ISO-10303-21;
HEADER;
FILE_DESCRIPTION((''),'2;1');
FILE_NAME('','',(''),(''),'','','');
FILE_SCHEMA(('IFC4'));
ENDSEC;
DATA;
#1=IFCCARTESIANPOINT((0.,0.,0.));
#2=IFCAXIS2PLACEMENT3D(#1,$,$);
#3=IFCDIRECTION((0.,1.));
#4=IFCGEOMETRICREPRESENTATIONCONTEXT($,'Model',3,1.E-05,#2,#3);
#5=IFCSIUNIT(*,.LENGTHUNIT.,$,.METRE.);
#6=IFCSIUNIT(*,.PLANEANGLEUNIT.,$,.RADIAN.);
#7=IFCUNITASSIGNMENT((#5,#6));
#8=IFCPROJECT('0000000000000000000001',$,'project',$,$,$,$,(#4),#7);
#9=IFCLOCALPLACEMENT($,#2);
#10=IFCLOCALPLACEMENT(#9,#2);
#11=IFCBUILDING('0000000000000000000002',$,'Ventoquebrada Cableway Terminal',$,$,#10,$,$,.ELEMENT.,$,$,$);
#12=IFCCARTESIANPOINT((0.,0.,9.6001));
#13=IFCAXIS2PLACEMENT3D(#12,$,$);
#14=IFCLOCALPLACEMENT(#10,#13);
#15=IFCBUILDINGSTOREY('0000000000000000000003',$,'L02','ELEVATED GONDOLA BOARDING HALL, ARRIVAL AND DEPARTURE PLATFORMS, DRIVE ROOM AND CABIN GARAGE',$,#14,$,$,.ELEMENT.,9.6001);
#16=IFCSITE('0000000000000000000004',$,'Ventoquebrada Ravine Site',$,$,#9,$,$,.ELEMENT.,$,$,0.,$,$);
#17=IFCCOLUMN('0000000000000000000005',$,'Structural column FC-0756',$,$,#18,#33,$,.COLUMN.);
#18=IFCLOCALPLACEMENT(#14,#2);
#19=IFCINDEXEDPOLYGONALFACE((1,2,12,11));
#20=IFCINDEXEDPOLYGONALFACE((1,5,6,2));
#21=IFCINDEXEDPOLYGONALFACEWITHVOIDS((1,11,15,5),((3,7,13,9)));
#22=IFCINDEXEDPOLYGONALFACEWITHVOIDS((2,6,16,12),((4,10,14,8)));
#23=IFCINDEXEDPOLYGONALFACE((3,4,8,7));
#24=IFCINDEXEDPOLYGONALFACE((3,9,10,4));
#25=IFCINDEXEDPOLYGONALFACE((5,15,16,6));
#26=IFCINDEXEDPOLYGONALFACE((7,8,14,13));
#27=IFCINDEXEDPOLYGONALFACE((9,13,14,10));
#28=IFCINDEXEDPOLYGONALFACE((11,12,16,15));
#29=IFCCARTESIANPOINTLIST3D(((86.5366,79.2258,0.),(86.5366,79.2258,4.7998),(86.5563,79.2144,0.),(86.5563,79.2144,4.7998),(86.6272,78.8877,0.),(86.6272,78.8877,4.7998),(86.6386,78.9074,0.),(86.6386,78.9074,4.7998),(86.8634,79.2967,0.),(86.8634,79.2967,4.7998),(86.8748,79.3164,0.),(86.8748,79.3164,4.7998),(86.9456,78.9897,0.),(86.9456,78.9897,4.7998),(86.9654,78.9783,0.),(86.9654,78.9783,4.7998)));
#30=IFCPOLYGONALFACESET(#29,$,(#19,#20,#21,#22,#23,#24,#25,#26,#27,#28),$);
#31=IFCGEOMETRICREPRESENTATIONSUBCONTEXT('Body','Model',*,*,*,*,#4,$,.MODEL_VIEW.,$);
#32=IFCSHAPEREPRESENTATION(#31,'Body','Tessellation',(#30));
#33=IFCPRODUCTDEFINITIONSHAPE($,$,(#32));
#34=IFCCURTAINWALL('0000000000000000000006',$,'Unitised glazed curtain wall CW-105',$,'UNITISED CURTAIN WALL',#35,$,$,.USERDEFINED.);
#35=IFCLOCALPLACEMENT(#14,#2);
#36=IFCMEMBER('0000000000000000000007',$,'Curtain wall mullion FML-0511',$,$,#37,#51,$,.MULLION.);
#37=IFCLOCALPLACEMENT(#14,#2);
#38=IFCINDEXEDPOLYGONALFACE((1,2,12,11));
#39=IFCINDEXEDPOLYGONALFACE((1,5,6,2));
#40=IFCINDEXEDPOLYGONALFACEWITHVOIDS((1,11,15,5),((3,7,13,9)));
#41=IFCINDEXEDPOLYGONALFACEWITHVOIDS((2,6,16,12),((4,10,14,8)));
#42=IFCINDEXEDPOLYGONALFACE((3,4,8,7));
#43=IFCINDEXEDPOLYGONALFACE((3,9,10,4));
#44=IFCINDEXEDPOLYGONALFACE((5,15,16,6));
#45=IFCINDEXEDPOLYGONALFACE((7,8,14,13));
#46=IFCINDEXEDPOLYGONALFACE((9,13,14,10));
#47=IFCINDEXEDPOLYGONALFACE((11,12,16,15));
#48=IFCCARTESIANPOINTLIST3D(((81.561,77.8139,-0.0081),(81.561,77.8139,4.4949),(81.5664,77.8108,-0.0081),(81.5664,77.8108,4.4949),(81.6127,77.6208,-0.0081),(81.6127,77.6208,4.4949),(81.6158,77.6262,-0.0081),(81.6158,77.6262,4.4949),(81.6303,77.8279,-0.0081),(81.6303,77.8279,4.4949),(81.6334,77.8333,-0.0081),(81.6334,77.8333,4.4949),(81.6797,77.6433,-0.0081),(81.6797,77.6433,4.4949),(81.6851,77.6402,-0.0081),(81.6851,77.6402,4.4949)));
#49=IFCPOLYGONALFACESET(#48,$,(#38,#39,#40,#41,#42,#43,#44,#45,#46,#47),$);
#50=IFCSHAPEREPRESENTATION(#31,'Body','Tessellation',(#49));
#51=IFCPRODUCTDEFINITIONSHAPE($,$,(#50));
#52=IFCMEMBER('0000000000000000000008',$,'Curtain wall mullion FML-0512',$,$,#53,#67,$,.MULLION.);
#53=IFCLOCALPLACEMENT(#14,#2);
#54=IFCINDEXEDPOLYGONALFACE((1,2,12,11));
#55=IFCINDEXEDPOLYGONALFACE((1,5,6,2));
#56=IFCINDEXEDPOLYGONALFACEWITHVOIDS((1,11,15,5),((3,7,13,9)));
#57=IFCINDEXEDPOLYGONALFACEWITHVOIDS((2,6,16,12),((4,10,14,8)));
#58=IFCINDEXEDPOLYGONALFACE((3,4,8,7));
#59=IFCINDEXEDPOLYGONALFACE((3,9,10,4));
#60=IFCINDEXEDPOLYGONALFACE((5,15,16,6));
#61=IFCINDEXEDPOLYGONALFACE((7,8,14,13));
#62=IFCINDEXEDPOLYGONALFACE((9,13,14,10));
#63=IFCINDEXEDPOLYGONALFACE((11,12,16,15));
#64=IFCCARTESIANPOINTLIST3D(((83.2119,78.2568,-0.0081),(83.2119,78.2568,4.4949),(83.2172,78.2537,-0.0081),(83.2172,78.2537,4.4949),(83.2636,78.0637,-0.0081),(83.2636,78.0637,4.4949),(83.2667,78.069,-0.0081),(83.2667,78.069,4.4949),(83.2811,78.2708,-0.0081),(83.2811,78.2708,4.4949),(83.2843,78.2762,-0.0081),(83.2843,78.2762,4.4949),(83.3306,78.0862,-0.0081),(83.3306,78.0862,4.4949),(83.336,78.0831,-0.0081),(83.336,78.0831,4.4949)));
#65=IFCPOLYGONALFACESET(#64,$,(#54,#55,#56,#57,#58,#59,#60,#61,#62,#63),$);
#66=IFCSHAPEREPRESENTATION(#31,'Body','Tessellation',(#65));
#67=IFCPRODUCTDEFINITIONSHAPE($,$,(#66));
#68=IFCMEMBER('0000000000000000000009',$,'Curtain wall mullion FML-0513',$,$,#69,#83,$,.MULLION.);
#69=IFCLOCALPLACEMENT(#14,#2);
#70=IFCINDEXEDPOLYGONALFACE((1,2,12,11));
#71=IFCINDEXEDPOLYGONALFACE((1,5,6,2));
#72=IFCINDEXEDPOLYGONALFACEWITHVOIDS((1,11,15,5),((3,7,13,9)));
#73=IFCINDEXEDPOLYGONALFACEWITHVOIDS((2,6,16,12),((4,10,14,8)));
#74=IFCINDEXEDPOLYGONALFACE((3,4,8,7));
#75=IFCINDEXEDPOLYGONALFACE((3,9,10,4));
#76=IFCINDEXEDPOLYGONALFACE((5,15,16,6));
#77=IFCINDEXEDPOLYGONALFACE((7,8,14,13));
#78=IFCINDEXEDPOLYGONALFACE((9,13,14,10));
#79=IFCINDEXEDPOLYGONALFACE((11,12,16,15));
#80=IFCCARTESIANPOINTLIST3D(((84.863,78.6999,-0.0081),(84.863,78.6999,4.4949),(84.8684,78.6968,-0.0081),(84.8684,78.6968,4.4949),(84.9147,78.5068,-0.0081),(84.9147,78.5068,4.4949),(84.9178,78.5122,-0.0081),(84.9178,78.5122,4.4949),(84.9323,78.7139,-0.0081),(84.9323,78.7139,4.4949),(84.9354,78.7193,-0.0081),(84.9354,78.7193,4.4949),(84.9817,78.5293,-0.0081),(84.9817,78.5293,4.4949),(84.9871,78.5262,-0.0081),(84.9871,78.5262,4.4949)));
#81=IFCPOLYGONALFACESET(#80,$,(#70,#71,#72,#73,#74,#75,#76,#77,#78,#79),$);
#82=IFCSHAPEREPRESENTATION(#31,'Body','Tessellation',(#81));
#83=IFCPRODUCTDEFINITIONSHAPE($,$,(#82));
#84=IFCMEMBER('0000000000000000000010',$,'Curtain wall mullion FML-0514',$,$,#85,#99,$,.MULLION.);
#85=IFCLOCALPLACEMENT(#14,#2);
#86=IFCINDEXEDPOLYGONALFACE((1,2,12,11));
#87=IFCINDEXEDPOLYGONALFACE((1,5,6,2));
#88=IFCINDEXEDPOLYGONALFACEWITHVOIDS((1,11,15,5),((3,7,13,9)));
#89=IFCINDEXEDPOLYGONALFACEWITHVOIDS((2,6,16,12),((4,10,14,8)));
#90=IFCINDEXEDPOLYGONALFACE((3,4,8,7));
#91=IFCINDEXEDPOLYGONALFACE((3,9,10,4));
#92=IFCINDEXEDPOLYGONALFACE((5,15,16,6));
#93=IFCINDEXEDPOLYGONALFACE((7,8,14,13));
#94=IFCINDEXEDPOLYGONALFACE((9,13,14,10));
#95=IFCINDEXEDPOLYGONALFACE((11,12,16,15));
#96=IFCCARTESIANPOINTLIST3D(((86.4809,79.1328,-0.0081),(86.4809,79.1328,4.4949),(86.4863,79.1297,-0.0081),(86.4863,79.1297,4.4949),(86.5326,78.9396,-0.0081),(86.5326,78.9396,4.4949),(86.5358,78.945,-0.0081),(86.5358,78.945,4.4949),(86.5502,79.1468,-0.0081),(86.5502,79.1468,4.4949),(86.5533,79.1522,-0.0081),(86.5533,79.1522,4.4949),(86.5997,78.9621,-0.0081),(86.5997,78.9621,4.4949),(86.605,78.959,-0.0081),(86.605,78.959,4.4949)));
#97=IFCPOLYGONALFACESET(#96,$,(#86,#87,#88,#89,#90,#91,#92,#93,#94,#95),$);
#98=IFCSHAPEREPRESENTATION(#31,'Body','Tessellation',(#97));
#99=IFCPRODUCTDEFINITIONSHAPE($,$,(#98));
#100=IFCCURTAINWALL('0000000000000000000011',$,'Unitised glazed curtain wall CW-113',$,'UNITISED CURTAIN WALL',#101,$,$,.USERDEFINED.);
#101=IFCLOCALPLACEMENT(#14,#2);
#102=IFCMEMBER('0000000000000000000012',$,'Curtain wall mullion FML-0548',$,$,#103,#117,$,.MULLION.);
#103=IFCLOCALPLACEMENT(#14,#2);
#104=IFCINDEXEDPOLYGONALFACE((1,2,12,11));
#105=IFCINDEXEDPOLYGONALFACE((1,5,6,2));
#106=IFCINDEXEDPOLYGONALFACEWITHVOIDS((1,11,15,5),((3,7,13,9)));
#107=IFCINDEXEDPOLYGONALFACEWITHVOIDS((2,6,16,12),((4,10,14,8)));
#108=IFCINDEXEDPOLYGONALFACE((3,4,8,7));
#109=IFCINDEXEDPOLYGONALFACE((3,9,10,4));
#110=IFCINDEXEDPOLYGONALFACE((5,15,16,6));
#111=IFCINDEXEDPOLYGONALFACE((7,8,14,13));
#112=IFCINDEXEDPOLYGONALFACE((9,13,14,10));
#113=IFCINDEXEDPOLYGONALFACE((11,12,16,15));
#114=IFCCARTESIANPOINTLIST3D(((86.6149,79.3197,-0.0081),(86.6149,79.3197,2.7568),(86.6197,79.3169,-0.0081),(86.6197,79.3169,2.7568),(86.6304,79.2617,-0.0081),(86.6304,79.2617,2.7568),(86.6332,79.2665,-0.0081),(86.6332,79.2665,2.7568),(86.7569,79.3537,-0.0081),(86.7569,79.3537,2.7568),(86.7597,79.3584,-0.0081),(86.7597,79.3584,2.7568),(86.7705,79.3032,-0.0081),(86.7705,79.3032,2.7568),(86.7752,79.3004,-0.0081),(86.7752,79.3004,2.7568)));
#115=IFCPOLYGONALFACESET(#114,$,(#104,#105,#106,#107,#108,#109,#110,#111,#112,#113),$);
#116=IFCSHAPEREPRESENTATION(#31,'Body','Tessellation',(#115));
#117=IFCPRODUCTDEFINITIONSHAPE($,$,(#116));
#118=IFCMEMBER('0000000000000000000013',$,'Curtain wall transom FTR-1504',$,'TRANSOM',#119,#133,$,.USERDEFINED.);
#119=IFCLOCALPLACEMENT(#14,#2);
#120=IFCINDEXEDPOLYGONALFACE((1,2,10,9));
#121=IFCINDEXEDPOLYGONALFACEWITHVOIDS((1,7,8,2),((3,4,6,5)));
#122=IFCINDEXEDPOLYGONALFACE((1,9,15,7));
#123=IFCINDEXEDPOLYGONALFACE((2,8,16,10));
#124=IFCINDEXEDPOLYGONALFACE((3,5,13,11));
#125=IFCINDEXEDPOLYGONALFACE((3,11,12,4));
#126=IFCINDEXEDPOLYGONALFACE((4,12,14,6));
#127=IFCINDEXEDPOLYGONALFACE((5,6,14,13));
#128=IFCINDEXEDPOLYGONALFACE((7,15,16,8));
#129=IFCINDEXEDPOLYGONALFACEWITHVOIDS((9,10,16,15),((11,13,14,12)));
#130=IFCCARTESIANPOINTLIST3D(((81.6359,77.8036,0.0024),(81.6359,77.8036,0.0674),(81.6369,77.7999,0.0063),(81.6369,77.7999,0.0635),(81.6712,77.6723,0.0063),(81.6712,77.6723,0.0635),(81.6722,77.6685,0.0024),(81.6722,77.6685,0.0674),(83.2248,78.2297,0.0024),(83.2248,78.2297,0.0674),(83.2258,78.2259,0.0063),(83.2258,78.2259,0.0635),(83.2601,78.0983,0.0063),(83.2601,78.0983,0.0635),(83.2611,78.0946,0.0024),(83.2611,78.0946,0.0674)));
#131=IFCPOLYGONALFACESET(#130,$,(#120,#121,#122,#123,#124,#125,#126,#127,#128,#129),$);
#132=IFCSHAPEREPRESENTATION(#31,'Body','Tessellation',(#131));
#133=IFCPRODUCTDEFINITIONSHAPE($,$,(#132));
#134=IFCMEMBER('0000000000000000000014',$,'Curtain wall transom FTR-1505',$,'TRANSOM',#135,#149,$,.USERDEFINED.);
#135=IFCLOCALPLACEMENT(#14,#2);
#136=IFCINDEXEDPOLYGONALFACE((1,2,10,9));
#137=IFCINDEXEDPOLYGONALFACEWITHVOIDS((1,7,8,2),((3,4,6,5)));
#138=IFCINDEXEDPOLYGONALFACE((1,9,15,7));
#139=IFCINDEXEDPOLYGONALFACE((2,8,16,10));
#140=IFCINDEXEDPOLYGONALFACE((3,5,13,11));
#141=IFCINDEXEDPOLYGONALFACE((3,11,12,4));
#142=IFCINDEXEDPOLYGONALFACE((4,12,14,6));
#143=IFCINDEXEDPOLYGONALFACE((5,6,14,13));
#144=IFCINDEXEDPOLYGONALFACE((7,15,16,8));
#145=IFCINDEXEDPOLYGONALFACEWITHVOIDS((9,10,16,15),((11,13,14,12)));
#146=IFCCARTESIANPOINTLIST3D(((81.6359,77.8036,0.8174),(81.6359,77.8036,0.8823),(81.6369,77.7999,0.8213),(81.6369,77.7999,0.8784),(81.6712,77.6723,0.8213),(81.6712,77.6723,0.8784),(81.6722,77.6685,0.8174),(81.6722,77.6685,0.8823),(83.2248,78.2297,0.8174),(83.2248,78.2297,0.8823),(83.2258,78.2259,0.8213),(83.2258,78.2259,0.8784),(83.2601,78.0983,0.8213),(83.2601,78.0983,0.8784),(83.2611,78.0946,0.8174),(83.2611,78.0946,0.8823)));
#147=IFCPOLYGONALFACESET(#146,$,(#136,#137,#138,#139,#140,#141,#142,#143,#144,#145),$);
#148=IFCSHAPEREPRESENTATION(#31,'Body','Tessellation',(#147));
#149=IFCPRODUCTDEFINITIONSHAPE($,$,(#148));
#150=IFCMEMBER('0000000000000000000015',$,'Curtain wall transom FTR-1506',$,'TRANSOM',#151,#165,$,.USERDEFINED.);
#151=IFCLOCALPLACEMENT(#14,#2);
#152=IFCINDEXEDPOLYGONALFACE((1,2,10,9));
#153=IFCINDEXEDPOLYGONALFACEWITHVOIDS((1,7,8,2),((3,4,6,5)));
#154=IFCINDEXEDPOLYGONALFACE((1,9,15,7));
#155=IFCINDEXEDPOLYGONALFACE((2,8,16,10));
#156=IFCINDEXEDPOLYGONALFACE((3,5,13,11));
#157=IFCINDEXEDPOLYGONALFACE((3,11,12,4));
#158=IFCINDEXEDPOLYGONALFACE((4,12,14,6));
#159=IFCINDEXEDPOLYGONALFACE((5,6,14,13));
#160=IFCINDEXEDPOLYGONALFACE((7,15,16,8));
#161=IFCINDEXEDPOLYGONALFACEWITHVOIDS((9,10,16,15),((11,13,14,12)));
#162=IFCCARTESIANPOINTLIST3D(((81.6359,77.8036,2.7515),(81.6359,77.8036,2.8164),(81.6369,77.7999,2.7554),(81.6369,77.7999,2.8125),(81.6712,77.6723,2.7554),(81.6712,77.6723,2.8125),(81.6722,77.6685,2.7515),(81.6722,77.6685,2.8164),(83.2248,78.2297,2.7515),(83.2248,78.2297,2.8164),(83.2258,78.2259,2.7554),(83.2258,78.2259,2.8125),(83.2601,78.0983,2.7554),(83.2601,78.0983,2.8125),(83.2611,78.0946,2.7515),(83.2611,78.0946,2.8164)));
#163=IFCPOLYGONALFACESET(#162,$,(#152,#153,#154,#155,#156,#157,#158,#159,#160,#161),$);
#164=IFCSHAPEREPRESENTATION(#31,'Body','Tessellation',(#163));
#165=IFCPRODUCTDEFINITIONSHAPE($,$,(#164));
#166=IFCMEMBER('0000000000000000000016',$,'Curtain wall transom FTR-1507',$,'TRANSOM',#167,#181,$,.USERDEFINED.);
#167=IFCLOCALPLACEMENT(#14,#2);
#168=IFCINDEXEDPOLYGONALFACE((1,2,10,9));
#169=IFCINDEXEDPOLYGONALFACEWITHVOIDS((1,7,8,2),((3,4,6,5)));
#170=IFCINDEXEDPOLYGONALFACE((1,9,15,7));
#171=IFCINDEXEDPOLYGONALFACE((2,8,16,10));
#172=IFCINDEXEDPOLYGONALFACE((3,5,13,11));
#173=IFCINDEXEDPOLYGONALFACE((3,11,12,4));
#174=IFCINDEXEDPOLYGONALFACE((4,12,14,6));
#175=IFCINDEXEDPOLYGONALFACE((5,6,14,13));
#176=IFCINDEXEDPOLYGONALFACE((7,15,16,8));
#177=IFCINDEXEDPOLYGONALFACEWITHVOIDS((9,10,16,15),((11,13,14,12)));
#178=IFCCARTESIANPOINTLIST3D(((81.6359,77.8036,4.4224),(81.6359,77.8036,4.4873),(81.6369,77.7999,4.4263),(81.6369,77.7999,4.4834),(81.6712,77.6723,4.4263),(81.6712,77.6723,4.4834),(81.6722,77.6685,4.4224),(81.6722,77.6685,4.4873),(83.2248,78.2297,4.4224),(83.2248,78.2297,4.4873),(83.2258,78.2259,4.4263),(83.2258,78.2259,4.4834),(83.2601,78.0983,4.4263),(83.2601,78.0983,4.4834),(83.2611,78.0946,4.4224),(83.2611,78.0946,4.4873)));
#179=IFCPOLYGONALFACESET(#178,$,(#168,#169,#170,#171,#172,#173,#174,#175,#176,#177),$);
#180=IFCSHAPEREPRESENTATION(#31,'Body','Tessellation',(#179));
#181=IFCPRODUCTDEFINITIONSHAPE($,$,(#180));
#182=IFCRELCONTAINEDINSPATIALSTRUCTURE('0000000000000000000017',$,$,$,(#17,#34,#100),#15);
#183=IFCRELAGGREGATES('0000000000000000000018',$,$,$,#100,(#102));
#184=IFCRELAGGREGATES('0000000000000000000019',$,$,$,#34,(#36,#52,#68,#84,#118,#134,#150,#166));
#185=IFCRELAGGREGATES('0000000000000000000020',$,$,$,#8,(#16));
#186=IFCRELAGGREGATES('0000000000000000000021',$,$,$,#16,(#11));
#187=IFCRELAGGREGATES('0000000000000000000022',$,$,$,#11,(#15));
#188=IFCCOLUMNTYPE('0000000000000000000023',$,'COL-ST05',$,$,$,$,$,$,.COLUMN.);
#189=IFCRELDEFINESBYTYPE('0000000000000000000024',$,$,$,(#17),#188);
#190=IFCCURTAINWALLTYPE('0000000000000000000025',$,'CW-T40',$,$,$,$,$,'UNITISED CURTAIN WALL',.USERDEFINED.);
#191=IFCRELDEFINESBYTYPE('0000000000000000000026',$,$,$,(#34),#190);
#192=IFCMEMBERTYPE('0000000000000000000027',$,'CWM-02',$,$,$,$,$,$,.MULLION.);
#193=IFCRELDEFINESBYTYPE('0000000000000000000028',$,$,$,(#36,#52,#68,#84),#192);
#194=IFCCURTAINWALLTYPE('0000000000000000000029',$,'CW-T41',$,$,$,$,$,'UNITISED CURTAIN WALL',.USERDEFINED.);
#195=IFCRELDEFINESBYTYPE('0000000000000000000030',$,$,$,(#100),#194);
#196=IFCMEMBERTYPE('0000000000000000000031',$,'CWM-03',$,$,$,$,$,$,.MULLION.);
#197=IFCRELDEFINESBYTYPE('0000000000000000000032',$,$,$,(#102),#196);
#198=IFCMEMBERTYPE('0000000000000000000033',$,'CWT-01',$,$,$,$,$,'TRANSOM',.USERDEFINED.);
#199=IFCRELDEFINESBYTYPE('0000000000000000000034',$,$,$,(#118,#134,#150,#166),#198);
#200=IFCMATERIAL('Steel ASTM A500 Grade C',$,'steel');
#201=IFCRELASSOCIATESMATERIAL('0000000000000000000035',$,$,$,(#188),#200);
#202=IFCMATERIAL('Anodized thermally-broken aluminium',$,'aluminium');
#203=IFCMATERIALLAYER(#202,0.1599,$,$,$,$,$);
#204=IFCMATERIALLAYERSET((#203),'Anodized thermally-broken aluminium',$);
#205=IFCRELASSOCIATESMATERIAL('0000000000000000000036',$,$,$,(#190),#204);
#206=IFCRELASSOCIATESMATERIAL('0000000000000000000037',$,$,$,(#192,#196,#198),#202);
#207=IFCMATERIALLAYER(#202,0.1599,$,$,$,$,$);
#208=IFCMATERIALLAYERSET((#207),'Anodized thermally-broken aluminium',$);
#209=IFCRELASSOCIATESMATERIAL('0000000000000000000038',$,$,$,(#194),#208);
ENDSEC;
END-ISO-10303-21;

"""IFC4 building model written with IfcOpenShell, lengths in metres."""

from ifc_helpers import new_model, si_unit, direction, frame, origin, origin_2d, place, context, subcontext, project, spatial, hollow_rectangle, extrude, material, layer, layer_set, material_profile, profile_set, type_object, element, aggregate, save


model = new_model("IFC4")

# Units and contexts
model_context = context("Model", 3, precision=1e-05, world=origin(), true_north=direction((0.0, 1.0)))
body_context = subcontext(model_context, "Body", "Model", "MODEL_VIEW")
ifc_project = project(units=[si_unit("LENGTHUNIT", "METRE"), si_unit("PLANEANGLEUNIT", "RADIAN")], contexts=[model_context])

# Site, building, storey
site_placement = place(None, origin())
site = spatial("IfcSite", under=ifc_project, at=site_placement, Name="Ventoquebrada Ravine Site", CompositionType="ELEMENT", RefElevation=0.0)
building_placement = place(site_placement, origin())
building = spatial("IfcBuilding", under=site, at=building_placement, Name="Ventoquebrada Cableway Terminal", CompositionType="ELEMENT")
storey_placement = place(building_placement, frame((0.0, 0.0, 9.6001)))
storey = spatial("IfcBuildingStorey", under=building, at=storey_placement, Name="L02", Description="ELEVATED GONDOLA BOARDING HALL, ARRIVAL AND DEPARTURE PLATFORMS, DRIVE ROOM AND CABIN GARAGE", CompositionType="ELEMENT", Elevation=9.6001)

# Column
ifc_material_1 = material(Name="Steel ASTM A500 Grade C", Category="steel")
ifc_material_profile_1 = material_profile(ifc_material_1, hollow_rectangle(XDim=0.3501, YDim=0.3501, WallThickness=0.0161, at=origin_2d()), Name="HSS350X350X16")
ifc_profile_set_1 = profile_set([ifc_material_profile_1], Name="Steel ASTM A500 Grade C")
column_type = type_object("IfcColumnType", Name="COL-ST05", PredefinedType="COLUMN", material=ifc_profile_set_1)
column_placement = place(storey_placement, frame((86.751, 79.1021, 0.0), z_axis=(0.0, 0.0, 1.0), x_axis=(0.965926, 0.258819, 0.0)))
element("IfcColumn", 1, at=column_placement, inside=storey, type_object=column_type, Name="Structural column FC-0756", PredefinedType="COLUMN", context=body_context, shape_type="SweptSolid", body=[
    extrude(hollow_rectangle(XDim=0.3501, YDim=0.3501, WallThickness=0.0161, at=origin_2d()), origin(), (0.0, 0.0, 1.0), 4.7998),
])

# Curtain wall, members
ifc_material_2 = material(Name="Anodized thermally-broken aluminium", Category="aluminium")
ifc_layer_1 = layer(ifc_material_2, 0.1599)
ifc_layer_set_1 = layer_set([ifc_layer_1], Name="Anodized thermally-broken aluminium")
curtain_wall_type_1 = type_object("IfcCurtainWallType", Name="CW-T40", ElementType="UNITISED CURTAIN WALL", PredefinedType="USERDEFINED", material=ifc_layer_set_1)
curtain_wall_1_placement = place(storey_placement, origin())
curtain_wall_1 = element("IfcCurtainWall", 2, at=curtain_wall_1_placement, inside=storey, type_object=curtain_wall_type_1, Name="Unitised glazed curtain wall CW-105", ObjectType="UNITISED CURTAIN WALL", PredefinedType="USERDEFINED")
ifc_material_profile_2 = material_profile(ifc_material_2, hollow_rectangle(XDim=0.075, YDim=0.2, WallThickness=0.0044, at=origin_2d()), Name="CW-MUL-75X200")
ifc_profile_set_2 = profile_set([ifc_material_profile_2], Name="Anodized thermally-broken aluminium")
member_type_1 = type_object("IfcMemberType", Name="CWM-02", PredefinedType="MULLION", material=ifc_profile_set_2)
member_1_placement = place(storey_placement, frame((81.623, 77.7271, -0.0081), z_axis=(0.0, 0.0, 1.0), x_axis=(0.96593, 0.258802, 0.0)))
member_1 = element("IfcMember", 3, at=member_1_placement, type_object=member_type_1, Name="Curtain wall mullion FML-0511", PredefinedType="MULLION", context=body_context, shape_type="SweptSolid", body=[
    extrude(hollow_rectangle(XDim=0.075, YDim=0.2, WallThickness=0.0044, at=origin_2d()), origin(), (0.0, 0.0, 1.0), 4.5029),
])
member_2_placement = place(storey_placement, frame((83.2739, 78.1699, -0.0081), z_axis=(0.0, 0.0, 1.0), x_axis=(0.96593, 0.258802, 0.0)))
member_2 = element("IfcMember", 4, at=member_2_placement, type_object=member_type_1, Name="Curtain wall mullion FML-0512", PredefinedType="MULLION", context=body_context, shape_type="SweptSolid", body=[
    extrude(hollow_rectangle(XDim=0.075, YDim=0.2, WallThickness=0.0044, at=origin_2d()), origin(), (0.0, 0.0, 1.0), 4.5029),
])
member_3_placement = place(storey_placement, frame((84.925, 78.613, -0.0081), z_axis=(0.0, 0.0, 1.0), x_axis=(0.96593, 0.258802, 0.0)))
member_3 = element("IfcMember", 5, at=member_3_placement, type_object=member_type_1, Name="Curtain wall mullion FML-0513", PredefinedType="MULLION", context=body_context, shape_type="SweptSolid", body=[
    extrude(hollow_rectangle(XDim=0.075, YDim=0.2, WallThickness=0.0044, at=origin_2d()), origin(), (0.0, 0.0, 1.0), 4.5029),
])
member_4_placement = place(storey_placement, frame((86.543, 79.0459, -0.0081), z_axis=(0.0, 0.0, 1.0), x_axis=(0.96593, 0.258802, 0.0)))
member_4 = element("IfcMember", 6, at=member_4_placement, type_object=member_type_1, Name="Curtain wall mullion FML-0514", PredefinedType="MULLION", context=body_context, shape_type="SweptSolid", body=[
    extrude(hollow_rectangle(XDim=0.075, YDim=0.2, WallThickness=0.0044, at=origin_2d()), origin(), (0.0, 0.0, 1.0), 4.5029),
])

# Curtain wall, member
ifc_layer_2 = layer(ifc_material_2, 0.1599)
ifc_layer_set_2 = layer_set([ifc_layer_2], Name="Anodized thermally-broken aluminium")
curtain_wall_type_2 = type_object("IfcCurtainWallType", Name="CW-T41", ElementType="UNITISED CURTAIN WALL", PredefinedType="USERDEFINED", material=ifc_layer_set_2)
curtain_wall_2_placement = place(storey_placement, origin())
curtain_wall_2 = element("IfcCurtainWall", 7, at=curtain_wall_2_placement, inside=storey, type_object=curtain_wall_type_2, Name="Unitised glazed curtain wall CW-113", ObjectType="UNITISED CURTAIN WALL", PredefinedType="USERDEFINED")
ifc_material_profile_3 = material_profile(ifc_material_2, hollow_rectangle(XDim=0.0601, YDim=0.1499, WallThickness=0.0039, at=origin_2d()), Name="CW-MUL-60X150")
ifc_profile_set_3 = profile_set([ifc_material_profile_3], Name="Anodized thermally-broken aluminium")
member_type_2 = type_object("IfcMemberType", Name="CWM-03", PredefinedType="MULLION", material=ifc_profile_set_3)
member_5_placement = place(storey_placement, frame((86.6951, 79.3101, -0.0081), z_axis=(0.0, 0.0, 1.0), x_axis=(-0.258617, 0.96598, 0.0)))
member_5 = element("IfcMember", 8, at=member_5_placement, type_object=member_type_2, Name="Curtain wall mullion FML-0548", PredefinedType="MULLION", context=body_context, shape_type="SweptSolid", body=[
    extrude(hollow_rectangle(XDim=0.0601, YDim=0.1499, WallThickness=0.0039, at=origin_2d()), origin(), (0.0, 0.0, 1.0), 2.7649),
])

# Members
ifc_material_profile_4 = material_profile(ifc_material_2, hollow_rectangle(XDim=0.0649, YDim=0.1399, WallThickness=0.0039, at=origin_2d()), Name="CW-TRN-65X140")
ifc_profile_set_4 = profile_set([ifc_material_profile_4], Name="Anodized thermally-broken aluminium")
member_type_3 = type_object("IfcMemberType", Name="CWT-01", ElementType="TRANSOM", PredefinedType="USERDEFINED", material=ifc_profile_set_4)
member_6_placement = place(storey_placement, frame((81.6541, 77.7361, 0.0349), z_axis=(0.965882, 0.258983, 0.0), x_axis=(0.0, 0.0, 1.0)))
member_6 = element("IfcMember", 9, at=member_6_placement, type_object=member_type_3, Name="Curtain wall transom FTR-1504", ObjectType="TRANSOM", PredefinedType="USERDEFINED", context=body_context, shape_type="SweptSolid", body=[
    extrude(hollow_rectangle(XDim=0.0649, YDim=0.1399, WallThickness=0.0039, at=origin_2d()), origin(), (0.0, 0.0, 1.0), 1.645),
])
member_7_placement = place(storey_placement, frame((81.6541, 77.7361, 0.8499), z_axis=(0.965882, 0.258983, 0.0), x_axis=(0.0, 0.0, 1.0)))
member_7 = element("IfcMember", 10, at=member_7_placement, type_object=member_type_3, Name="Curtain wall transom FTR-1505", ObjectType="TRANSOM", PredefinedType="USERDEFINED", context=body_context, shape_type="SweptSolid", body=[
    extrude(hollow_rectangle(XDim=0.0649, YDim=0.1399, WallThickness=0.0039, at=origin_2d()), origin(), (0.0, 0.0, 1.0), 1.645),
])
member_8_placement = place(storey_placement, frame((81.6541, 77.7361, 2.7839), z_axis=(0.965882, 0.258983, 0.0), x_axis=(0.0, 0.0, 1.0)))
member_8 = element("IfcMember", 11, at=member_8_placement, type_object=member_type_3, Name="Curtain wall transom FTR-1506", ObjectType="TRANSOM", PredefinedType="USERDEFINED", context=body_context, shape_type="SweptSolid", body=[
    extrude(hollow_rectangle(XDim=0.0649, YDim=0.1399, WallThickness=0.0039, at=origin_2d()), origin(), (0.0, 0.0, 1.0), 1.645),
])
member_9_placement = place(storey_placement, frame((81.6541, 77.7361, 4.4548), z_axis=(0.965882, 0.258983, 0.0), x_axis=(0.0, 0.0, 1.0)))
member_9 = element("IfcMember", 12, at=member_9_placement, type_object=member_type_3, Name="Curtain wall transom FTR-1507", ObjectType="TRANSOM", PredefinedType="USERDEFINED", context=body_context, shape_type="SweptSolid", body=[
    extrude(hollow_rectangle(XDim=0.0649, YDim=0.1399, WallThickness=0.0039, at=origin_2d()), origin(), (0.0, 0.0, 1.0), 1.645),
])
aggregate(curtain_wall_2, [member_5])

aggregate(curtain_wall_1, [member_1, member_2, member_3, member_4, member_6, member_7, member_8, member_9])

save(model, "model.ifc")
